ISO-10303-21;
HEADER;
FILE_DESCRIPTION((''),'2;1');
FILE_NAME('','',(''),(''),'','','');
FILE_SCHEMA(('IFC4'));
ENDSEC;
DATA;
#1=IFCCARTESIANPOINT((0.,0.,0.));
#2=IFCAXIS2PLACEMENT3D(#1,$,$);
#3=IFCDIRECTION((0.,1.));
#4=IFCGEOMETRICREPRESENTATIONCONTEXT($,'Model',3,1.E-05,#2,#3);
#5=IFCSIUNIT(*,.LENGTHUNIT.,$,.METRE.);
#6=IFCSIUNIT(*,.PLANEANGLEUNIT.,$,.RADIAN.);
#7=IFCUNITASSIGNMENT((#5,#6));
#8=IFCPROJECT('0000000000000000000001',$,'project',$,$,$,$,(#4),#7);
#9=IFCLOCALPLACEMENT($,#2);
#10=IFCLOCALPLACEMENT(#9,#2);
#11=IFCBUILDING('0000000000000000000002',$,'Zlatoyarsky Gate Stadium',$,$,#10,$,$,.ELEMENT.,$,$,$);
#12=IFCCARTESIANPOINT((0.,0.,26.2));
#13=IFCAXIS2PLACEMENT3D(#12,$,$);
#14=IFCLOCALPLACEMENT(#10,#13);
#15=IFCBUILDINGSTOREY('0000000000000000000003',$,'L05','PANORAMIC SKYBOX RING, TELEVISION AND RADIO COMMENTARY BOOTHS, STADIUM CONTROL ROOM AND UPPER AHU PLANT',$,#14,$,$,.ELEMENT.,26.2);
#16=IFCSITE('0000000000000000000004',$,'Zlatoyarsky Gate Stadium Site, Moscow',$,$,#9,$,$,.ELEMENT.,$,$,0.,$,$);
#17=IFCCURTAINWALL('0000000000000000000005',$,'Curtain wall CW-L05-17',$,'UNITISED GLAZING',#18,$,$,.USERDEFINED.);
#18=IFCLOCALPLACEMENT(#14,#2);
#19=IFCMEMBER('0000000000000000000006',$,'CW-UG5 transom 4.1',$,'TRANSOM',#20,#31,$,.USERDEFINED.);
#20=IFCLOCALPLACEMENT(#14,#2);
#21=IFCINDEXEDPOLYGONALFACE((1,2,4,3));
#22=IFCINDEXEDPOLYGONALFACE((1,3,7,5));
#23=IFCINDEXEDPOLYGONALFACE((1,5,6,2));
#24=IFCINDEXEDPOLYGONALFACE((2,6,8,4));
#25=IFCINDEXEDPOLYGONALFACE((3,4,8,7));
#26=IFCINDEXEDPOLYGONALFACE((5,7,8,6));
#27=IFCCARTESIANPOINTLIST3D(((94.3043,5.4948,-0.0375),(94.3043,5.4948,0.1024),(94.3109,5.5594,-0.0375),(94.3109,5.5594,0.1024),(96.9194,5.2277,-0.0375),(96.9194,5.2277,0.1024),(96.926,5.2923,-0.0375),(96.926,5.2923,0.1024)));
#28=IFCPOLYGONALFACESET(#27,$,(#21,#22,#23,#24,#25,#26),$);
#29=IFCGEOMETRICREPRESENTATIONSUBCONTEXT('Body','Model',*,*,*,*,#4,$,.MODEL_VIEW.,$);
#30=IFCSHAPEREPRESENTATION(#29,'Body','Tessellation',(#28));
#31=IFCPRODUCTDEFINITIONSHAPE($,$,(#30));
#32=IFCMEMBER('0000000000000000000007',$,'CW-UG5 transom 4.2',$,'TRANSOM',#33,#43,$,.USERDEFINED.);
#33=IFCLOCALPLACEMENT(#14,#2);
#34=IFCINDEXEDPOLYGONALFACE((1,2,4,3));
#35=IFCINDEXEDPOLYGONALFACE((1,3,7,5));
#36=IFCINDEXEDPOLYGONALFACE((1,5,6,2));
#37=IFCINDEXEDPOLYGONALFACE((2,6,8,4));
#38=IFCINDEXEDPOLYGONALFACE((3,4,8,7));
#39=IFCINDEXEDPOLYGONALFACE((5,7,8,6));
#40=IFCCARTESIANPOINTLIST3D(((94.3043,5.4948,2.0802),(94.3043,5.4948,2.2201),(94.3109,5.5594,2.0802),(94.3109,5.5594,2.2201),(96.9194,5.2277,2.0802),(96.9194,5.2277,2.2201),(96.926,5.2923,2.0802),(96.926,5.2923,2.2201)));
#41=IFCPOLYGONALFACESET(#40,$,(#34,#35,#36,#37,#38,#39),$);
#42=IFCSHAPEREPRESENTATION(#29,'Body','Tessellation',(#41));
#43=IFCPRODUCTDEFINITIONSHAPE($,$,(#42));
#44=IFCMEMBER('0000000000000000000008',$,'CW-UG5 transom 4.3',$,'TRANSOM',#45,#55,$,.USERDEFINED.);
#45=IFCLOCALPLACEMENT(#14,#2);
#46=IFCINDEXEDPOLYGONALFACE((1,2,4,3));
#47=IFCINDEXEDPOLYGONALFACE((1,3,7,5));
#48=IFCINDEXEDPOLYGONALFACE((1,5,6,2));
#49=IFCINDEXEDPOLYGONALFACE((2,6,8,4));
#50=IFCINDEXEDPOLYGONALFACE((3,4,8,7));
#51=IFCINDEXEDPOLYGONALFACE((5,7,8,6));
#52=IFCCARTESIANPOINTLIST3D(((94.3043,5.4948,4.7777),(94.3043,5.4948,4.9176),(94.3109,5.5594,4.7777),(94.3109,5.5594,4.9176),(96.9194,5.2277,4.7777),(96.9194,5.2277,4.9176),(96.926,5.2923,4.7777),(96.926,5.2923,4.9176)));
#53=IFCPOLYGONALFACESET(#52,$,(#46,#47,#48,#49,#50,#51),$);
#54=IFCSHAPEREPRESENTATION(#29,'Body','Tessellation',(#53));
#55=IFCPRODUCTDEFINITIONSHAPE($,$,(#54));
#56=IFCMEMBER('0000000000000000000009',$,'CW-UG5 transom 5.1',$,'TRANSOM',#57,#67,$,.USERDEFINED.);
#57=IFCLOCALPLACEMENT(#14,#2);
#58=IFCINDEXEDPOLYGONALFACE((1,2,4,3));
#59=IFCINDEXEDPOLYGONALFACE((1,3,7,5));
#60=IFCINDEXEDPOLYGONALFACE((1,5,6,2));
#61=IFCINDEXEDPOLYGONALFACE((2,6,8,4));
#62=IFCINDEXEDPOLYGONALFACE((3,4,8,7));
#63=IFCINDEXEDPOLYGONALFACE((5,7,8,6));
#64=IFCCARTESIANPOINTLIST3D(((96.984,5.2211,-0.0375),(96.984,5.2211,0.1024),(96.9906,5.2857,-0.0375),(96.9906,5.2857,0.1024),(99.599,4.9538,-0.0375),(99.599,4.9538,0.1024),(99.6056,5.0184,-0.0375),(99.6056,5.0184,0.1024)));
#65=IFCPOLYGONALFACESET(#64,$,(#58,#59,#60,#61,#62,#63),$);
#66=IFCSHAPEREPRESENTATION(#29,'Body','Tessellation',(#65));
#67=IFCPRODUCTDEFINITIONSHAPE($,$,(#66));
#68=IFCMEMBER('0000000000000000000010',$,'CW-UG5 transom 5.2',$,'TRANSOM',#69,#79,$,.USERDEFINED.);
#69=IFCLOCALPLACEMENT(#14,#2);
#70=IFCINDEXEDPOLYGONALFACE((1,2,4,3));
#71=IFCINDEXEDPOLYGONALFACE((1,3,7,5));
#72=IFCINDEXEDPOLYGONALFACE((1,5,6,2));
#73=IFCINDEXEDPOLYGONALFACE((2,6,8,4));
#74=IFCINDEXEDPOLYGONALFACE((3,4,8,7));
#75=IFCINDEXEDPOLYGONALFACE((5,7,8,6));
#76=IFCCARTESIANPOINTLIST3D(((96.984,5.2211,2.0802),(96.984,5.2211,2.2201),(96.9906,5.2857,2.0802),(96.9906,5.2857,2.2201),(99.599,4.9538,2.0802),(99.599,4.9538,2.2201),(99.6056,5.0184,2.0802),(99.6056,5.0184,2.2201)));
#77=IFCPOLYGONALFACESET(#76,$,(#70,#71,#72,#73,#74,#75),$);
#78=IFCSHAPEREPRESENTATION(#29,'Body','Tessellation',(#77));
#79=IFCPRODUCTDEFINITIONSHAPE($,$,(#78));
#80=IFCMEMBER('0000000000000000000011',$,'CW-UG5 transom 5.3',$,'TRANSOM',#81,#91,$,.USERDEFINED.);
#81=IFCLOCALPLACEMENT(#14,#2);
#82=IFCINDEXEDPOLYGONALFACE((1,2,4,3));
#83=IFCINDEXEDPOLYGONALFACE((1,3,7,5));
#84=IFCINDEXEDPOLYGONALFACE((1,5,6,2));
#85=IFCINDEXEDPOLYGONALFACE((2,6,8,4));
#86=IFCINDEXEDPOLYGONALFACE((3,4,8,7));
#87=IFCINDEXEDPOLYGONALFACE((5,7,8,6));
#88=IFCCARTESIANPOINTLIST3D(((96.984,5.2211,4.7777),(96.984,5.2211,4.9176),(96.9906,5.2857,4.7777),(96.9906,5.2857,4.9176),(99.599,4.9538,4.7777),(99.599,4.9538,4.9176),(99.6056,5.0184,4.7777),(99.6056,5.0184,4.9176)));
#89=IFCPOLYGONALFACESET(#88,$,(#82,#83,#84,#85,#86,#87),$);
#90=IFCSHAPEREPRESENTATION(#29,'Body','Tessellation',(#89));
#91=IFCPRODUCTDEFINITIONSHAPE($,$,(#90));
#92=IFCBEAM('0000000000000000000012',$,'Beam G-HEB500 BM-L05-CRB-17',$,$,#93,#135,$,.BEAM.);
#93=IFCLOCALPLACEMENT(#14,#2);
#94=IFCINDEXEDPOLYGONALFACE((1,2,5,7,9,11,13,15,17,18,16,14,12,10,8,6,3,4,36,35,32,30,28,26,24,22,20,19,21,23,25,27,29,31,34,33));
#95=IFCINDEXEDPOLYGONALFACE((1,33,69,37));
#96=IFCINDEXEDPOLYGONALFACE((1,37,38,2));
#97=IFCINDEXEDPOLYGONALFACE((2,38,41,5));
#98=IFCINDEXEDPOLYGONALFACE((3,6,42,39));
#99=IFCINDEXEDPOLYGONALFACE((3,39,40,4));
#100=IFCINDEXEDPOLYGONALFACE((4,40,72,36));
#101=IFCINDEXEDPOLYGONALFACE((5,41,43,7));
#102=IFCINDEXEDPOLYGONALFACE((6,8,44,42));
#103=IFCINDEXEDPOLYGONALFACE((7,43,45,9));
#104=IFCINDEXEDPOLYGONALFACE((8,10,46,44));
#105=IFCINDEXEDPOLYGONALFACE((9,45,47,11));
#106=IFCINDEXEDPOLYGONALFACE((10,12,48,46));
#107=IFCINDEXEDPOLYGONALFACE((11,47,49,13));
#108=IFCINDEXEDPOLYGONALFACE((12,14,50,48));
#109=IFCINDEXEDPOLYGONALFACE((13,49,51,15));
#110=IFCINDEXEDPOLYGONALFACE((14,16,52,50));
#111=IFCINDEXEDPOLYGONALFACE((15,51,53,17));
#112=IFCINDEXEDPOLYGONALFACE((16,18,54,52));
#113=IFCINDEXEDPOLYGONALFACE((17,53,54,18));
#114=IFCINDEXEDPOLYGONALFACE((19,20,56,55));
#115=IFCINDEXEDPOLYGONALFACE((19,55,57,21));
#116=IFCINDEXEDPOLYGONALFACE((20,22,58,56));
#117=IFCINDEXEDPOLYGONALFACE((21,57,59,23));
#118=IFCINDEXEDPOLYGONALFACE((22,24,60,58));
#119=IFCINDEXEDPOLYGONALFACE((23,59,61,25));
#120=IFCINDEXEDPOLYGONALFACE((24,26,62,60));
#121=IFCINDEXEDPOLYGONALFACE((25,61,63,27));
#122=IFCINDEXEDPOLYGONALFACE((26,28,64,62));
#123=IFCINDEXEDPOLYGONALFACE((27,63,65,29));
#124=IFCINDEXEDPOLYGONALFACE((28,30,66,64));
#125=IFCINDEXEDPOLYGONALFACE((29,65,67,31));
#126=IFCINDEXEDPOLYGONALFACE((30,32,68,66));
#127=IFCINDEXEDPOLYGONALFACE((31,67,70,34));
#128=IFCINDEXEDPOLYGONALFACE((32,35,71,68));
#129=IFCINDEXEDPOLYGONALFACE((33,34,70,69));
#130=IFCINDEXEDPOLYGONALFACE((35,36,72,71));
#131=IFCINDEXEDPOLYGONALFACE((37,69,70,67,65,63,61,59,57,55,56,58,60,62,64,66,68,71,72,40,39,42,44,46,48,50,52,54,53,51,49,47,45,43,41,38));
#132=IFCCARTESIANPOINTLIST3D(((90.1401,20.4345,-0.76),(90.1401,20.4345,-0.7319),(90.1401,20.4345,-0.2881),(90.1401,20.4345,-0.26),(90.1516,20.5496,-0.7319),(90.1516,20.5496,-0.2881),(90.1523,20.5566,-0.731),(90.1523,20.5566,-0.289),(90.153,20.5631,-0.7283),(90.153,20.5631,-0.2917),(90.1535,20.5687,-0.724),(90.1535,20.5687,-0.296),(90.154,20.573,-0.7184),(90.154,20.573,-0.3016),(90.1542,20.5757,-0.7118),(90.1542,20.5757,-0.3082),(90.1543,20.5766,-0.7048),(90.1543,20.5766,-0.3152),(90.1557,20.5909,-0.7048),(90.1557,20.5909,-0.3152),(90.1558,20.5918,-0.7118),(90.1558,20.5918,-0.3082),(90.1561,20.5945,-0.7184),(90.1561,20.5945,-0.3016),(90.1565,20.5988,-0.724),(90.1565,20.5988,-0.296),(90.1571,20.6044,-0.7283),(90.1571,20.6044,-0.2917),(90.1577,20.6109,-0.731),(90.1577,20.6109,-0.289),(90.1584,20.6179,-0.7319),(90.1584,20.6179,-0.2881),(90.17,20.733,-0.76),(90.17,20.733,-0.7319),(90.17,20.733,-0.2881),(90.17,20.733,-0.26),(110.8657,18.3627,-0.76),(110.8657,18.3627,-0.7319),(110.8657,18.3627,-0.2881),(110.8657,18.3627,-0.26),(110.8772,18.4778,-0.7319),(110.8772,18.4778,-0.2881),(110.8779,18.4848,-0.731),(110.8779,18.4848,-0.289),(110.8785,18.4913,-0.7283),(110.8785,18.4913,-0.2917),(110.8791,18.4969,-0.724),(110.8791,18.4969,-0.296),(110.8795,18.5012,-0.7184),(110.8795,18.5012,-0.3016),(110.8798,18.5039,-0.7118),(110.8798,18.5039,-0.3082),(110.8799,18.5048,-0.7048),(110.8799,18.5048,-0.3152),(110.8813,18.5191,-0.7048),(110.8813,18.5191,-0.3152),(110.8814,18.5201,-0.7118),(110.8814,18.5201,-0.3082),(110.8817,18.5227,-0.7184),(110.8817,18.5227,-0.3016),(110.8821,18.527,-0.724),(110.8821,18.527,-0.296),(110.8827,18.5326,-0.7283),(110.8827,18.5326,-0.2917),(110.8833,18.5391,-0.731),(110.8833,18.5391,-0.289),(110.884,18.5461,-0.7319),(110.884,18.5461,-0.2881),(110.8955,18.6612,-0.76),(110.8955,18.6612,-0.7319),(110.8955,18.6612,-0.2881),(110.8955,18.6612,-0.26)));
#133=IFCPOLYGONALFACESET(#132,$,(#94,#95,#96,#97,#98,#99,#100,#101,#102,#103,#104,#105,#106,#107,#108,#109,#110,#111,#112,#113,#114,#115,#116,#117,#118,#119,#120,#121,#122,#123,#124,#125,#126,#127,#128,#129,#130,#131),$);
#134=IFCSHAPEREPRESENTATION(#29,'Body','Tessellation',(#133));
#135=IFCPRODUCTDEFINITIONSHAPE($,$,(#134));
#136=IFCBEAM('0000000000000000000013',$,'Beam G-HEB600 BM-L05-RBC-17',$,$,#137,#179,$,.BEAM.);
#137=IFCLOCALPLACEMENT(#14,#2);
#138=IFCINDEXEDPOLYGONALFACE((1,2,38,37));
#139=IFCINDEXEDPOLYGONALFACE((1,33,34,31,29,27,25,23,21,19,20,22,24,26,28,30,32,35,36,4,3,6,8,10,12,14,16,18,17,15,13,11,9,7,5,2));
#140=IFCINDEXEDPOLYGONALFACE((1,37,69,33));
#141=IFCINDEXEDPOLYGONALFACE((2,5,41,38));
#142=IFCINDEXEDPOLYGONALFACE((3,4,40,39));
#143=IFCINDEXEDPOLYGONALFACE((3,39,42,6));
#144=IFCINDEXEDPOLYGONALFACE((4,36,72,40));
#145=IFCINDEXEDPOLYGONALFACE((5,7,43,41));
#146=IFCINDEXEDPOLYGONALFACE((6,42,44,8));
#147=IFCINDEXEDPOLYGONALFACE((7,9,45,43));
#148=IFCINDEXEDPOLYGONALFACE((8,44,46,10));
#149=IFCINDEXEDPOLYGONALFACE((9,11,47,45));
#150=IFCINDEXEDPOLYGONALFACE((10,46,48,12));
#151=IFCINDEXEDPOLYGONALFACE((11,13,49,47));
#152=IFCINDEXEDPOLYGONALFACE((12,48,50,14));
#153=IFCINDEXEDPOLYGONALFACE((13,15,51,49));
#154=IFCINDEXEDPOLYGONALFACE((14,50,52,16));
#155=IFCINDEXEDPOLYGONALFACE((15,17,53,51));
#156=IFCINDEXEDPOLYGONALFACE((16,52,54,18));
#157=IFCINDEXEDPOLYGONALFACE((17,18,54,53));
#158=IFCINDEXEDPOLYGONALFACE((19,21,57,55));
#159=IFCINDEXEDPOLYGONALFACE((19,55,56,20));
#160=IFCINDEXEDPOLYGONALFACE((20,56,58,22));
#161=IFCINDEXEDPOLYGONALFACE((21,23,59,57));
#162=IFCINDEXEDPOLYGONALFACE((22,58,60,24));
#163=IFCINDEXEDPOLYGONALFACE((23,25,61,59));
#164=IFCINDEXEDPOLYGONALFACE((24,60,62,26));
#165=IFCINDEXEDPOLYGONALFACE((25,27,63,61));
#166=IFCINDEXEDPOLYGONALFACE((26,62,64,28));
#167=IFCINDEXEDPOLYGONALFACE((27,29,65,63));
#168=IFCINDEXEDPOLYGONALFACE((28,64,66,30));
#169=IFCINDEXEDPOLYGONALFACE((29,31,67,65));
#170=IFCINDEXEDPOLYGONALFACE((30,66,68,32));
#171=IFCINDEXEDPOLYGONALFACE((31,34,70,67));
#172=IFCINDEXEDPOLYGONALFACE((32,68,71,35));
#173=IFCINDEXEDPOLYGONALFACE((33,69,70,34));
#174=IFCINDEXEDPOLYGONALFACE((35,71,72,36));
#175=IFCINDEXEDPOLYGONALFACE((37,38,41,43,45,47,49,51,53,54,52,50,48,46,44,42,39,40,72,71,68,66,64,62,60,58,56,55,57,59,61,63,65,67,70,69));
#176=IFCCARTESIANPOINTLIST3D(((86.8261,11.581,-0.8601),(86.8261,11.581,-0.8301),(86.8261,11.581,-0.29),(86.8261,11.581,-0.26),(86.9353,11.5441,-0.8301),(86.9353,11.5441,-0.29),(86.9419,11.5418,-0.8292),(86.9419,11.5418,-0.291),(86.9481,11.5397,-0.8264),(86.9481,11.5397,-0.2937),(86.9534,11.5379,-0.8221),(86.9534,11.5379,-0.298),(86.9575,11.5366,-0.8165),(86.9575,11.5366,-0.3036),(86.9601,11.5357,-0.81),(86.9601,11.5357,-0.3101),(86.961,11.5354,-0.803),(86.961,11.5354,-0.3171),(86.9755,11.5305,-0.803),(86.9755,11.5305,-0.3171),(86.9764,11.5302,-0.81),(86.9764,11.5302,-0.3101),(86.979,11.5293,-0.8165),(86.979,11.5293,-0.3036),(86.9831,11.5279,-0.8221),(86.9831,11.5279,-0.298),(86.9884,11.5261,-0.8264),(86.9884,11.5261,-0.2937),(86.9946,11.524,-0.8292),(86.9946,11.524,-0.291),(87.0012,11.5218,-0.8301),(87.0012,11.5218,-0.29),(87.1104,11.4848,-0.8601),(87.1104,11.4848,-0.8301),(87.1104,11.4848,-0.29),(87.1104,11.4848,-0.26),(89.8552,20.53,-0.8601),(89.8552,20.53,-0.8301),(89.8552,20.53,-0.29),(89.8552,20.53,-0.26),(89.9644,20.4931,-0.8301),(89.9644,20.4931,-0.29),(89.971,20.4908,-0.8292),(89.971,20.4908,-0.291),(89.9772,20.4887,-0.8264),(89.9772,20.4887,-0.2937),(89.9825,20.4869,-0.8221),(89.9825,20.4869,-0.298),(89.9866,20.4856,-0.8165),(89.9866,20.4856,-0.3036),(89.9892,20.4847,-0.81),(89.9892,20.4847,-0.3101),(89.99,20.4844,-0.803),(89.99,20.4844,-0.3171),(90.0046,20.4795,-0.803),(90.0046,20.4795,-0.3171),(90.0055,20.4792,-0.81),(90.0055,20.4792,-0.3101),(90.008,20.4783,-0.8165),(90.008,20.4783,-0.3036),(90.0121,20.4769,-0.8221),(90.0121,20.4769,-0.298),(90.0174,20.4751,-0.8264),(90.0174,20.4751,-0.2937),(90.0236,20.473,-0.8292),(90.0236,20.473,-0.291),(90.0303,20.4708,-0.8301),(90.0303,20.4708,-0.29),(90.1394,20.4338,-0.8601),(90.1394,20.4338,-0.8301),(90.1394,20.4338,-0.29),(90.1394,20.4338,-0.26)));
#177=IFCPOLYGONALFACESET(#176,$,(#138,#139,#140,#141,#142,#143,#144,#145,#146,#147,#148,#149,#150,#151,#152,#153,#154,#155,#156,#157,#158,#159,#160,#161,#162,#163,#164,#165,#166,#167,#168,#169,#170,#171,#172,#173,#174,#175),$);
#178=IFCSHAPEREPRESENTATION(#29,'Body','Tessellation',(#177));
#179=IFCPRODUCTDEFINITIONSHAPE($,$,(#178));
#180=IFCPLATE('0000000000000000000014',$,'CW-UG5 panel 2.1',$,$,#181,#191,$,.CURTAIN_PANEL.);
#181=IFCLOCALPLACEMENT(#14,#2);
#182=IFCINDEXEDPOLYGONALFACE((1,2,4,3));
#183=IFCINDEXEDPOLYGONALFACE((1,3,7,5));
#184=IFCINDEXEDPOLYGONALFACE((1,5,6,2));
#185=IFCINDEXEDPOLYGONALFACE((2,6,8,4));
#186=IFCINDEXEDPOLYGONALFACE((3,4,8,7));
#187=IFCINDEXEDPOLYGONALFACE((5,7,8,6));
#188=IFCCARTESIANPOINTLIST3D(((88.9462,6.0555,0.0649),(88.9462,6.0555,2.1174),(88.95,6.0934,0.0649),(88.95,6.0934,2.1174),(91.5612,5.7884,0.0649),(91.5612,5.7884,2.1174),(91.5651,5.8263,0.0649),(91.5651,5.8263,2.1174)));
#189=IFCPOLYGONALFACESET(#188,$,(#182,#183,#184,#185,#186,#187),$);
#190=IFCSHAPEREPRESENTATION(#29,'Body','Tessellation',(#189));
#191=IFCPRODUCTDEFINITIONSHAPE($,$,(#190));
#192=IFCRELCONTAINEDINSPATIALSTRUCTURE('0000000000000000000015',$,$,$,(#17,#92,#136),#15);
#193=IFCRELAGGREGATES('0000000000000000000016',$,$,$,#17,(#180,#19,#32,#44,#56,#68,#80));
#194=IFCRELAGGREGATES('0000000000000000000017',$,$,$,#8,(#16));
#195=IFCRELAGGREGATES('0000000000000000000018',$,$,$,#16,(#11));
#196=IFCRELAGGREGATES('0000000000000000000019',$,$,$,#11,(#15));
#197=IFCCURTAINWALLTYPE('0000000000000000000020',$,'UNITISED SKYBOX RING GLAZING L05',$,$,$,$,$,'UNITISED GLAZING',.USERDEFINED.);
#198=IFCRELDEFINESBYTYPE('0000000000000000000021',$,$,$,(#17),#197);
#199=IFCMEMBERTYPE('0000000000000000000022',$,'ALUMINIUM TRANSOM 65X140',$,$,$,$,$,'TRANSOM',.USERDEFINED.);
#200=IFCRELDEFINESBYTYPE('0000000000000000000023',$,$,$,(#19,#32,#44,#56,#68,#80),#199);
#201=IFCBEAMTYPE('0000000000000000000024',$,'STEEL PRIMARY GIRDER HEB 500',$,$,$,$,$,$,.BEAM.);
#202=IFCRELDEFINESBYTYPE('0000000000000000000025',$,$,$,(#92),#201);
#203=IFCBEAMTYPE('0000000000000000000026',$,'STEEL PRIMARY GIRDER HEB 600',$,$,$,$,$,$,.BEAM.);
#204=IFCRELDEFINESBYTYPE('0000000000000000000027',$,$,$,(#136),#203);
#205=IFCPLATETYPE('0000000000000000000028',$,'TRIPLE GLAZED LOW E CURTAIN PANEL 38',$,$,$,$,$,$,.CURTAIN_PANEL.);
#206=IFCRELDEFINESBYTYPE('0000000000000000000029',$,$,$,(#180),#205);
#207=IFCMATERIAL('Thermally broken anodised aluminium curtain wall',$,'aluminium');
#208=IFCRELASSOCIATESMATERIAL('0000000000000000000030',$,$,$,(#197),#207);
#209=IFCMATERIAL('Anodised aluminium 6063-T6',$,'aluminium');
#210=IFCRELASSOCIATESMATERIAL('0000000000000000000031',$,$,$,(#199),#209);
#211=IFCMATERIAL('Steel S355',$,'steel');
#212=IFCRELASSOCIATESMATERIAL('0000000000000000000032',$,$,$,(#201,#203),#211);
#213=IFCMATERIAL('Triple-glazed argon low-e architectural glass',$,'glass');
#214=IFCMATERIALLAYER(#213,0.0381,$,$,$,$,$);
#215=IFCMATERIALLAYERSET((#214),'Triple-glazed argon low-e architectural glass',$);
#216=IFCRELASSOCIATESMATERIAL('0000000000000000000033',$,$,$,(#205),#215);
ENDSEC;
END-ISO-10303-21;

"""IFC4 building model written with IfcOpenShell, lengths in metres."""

from ifc_helpers import new_model, si_unit, direction, frame, origin, origin_2d, place, context, subcontext, project, spatial, rectangle, i_section, extrude, material, layer, layer_set, material_profile, profile_set, type_object, element, aggregate, save


model = new_model("IFC4")

# Units and contexts
model_context = context("Model", 3, precision=1e-05, world=origin(), true_north=direction((0.0, 1.0)))
body_context = subcontext(model_context, "Body", "Model", "MODEL_VIEW")
ifc_project = project(units=[si_unit("LENGTHUNIT", "METRE"), si_unit("PLANEANGLEUNIT", "RADIAN")], contexts=[model_context])

# Site, building, storey
site_placement = place(None, origin())
site = spatial("IfcSite", under=ifc_project, at=site_placement, Name="Zlatoyarsky Gate Stadium Site, Moscow", CompositionType="ELEMENT", RefElevation=0.0)
building_placement = place(site_placement, origin())
building = spatial("IfcBuilding", under=site, at=building_placement, Name="Zlatoyarsky Gate Stadium", CompositionType="ELEMENT")
storey_placement = place(building_placement, frame((0.0, 0.0, 26.2)))
storey = spatial("IfcBuildingStorey", under=building, at=storey_placement, Name="L05", Description="PANORAMIC SKYBOX RING, TELEVISION AND RADIO COMMENTARY BOOTHS, STADIUM CONTROL ROOM AND UPPER AHU PLANT", CompositionType="ELEMENT", Elevation=26.2)

# Shared definitions
ifc_material_1 = material(Name="Steel S355", Category="steel")

# Curtain wall, members
ifc_material_2 = material(Name="Thermally broken anodised aluminium curtain wall", Category="aluminium")
curtain_wall_type = type_object("IfcCurtainWallType", Name="UNITISED SKYBOX RING GLAZING L05", ElementType="UNITISED GLAZING", PredefinedType="USERDEFINED", material=ifc_material_2)
curtain_wall_placement = place(storey_placement, origin())
curtain_wall = element("IfcCurtainWall", 1, at=curtain_wall_placement, inside=storey, type_object=curtain_wall_type, Name="Curtain wall CW-L05-17", ObjectType="UNITISED GLAZING", PredefinedType="USERDEFINED")
ifc_material_3 = material(Name="Anodised aluminium 6063-T6", Category="aluminium")
ifc_material_profile_1 = material_profile(ifc_material_3, rectangle(XDim=0.0649, YDim=0.1399, at=origin_2d()), Name="ALU 65X140")
ifc_profile_set_1 = profile_set([ifc_material_profile_1], Name="Anodised aluminium 6063-T6")
member_type_1 = type_object("IfcMemberType", Name="ALUMINIUM TRANSOM 65X140", ElementType="TRANSOM", PredefinedType="USERDEFINED", material=ifc_profile_set_1)
member_1_placement = place(storey_placement, frame((94.3076, 5.5271, 0.0325), z_axis=(0.994824, -0.101609, 0.0), x_axis=(0.101609, 0.994824, 0.0)))
member_1 = element("IfcMember", 2, at=member_1_placement, type_object=member_type_1, Name="CW-UG5 transom 4.1", ObjectType="TRANSOM", PredefinedType="USERDEFINED", context=body_context, shape_type="SweptSolid", body=[
    extrude(rectangle(XDim=0.0649, YDim=0.1399, at=origin_2d()), origin(), (0.0, 0.0, 1.0), 2.6287),
])
member_2_placement = place(storey_placement, frame((94.3076, 5.5271, 2.1501), z_axis=(0.994824, -0.101609, 0.0), x_axis=(0.101609, 0.994824, 0.0)))
member_2 = element("IfcMember", 3, at=member_2_placement, type_object=member_type_1, Name="CW-UG5 transom 4.2", ObjectType="TRANSOM", PredefinedType="USERDEFINED", context=body_context, shape_type="SweptSolid", body=[
    extrude(rectangle(XDim=0.0649, YDim=0.1399, at=origin_2d()), origin(), (0.0, 0.0, 1.0), 2.6287),
])
member_3_placement = place(storey_placement, frame((94.3076, 5.5271, 4.8477), z_axis=(0.994824, -0.101609, 0.0), x_axis=(0.101609, 0.994824, 0.0)))
member_3 = element("IfcMember", 4, at=member_3_placement, type_object=member_type_1, Name="CW-UG5 transom 4.3", ObjectType="TRANSOM", PredefinedType="USERDEFINED", context=body_context, shape_type="SweptSolid", body=[
    extrude(rectangle(XDim=0.0649, YDim=0.1399, at=origin_2d()), origin(), (0.0, 0.0, 1.0), 2.6287),
])
member_4_placement = place(storey_placement, frame((96.9873, 5.2534, 0.0325), z_axis=(0.994815, -0.101701, 0.0), x_axis=(0.101701, 0.994815, 0.0)))
member_4 = element("IfcMember", 5, at=member_4_placement, type_object=member_type_1, Name="CW-UG5 transom 5.1", ObjectType="TRANSOM", PredefinedType="USERDEFINED", context=body_context, shape_type="SweptSolid", body=[
    extrude(rectangle(XDim=0.0649, YDim=0.1399, at=origin_2d()), origin(), (0.0, 0.0, 1.0), 2.6287),
])
member_5_placement = place(storey_placement, frame((96.9873, 5.2534, 2.1501), z_axis=(0.994815, -0.101701, 0.0), x_axis=(0.101701, 0.994815, 0.0)))
member_5 = element("IfcMember", 6, at=member_5_placement, type_object=member_type_1, Name="CW-UG5 transom 5.2", ObjectType="TRANSOM", PredefinedType="USERDEFINED", context=body_context, shape_type="SweptSolid", body=[
    extrude(rectangle(XDim=0.0649, YDim=0.1399, at=origin_2d()), origin(), (0.0, 0.0, 1.0), 2.6287),
])
member_6_placement = place(storey_placement, frame((96.9873, 5.2534, 4.8477), z_axis=(0.994815, -0.101701, 0.0), x_axis=(0.101701, 0.994815, 0.0)))
member_6 = element("IfcMember", 7, at=member_6_placement, type_object=member_type_1, Name="CW-UG5 transom 5.3", ObjectType="TRANSOM", PredefinedType="USERDEFINED", context=body_context, shape_type="SweptSolid", body=[
    extrude(rectangle(XDim=0.0649, YDim=0.1399, at=origin_2d()), origin(), (0.0, 0.0, 1.0), 2.6287),
])

# Beams
ifc_material_profile_2 = material_profile(ifc_material_1, i_section(OverallWidth=0.3, OverallDepth=0.5, WebThickness=0.0144, FlangeThickness=0.0281, FilletRadius=0.0271, at=origin_2d()), Name="HEB 500")
ifc_profile_set_2 = profile_set([ifc_material_profile_2], Name="Steel S355")
beam_type_1 = type_object("IfcBeamType", Name="STEEL PRIMARY GIRDER HEB 500", PredefinedType="BEAM", material=ifc_profile_set_2)
beam_1_placement = place(storey_placement, frame((90.155, 20.5837, -0.51), z_axis=(0.995041, -0.099467, 0.0), x_axis=(0.099467, 0.995041, 0.0)))
element("IfcBeam", 8, at=beam_1_placement, inside=storey, type_object=beam_type_1, Name="Beam G-HEB500 BM-L05-CRB-17", PredefinedType="BEAM", context=body_context, shape_type="SweptSolid", body=[
    extrude(i_section(OverallWidth=0.3, OverallDepth=0.5, WebThickness=0.0144, FlangeThickness=0.0281, FilletRadius=0.0271, at=origin_2d()), origin(), (0.0, 0.0, 1.0), 20.8289),
])
ifc_material_profile_3 = material_profile(ifc_material_1, i_section(OverallWidth=0.3, OverallDepth=0.6001, WebThickness=0.0154, FlangeThickness=0.03, FilletRadius=0.0271, at=origin_2d()), Name="HEB 600")
ifc_profile_set_3 = profile_set([ifc_material_profile_3], Name="Steel S355")
beam_type_2 = type_object("IfcBeamType", Name="STEEL PRIMARY GIRDER HEB 600", PredefinedType="BEAM", material=ifc_profile_set_3)
beam_2_placement = place(storey_placement, frame((89.9973, 20.4819, -0.5601), z_axis=(-0.320612, -0.947211, 0.0), x_axis=(0.947211, -0.320612, 0.0)))
element("IfcBeam", 9, at=beam_2_placement, inside=storey, type_object=beam_type_2, Name="Beam G-HEB600 BM-L05-RBC-17", PredefinedType="BEAM", context=body_context, shape_type="SweptSolid", body=[
    extrude(i_section(OverallWidth=0.3, OverallDepth=0.6001, WebThickness=0.0154, FlangeThickness=0.03, FilletRadius=0.0271, at=origin_2d()), origin(), (0.0, 0.0, 1.0), 9.4478),
])

# Plate
ifc_material_4 = material(Name="Triple-glazed argon low-e architectural glass", Category="glass")
ifc_layer_1 = layer(ifc_material_4, 0.0381)
ifc_layer_set_1 = layer_set([ifc_layer_1], Name="Triple-glazed argon low-e architectural glass")
plate_type = type_object("IfcPlateType", Name="TRIPLE GLAZED LOW E CURTAIN PANEL 38", PredefinedType="CURTAIN_PANEL", material=ifc_layer_set_1)
plate_1_placement = place(storey_placement, frame((90.2556, 5.9409, 0.0649), z_axis=(0.0, 0.0, 1.0), x_axis=(0.994823, -0.101618, 0.0)))
plate_1 = element("IfcPlate", 10, at=plate_1_placement, type_object=plate_type, Name="CW-UG5 panel 2.1", PredefinedType="CURTAIN_PANEL", context=body_context, shape_type="SweptSolid", body=[
    extrude(rectangle(XDim=2.6287, YDim=0.0381, at=origin_2d()), origin(), (0.0, 0.0, 1.0), 2.0525),
])
aggregate(curtain_wall, [plate_1, member_1, member_2, member_3, member_4, member_5, member_6])

save(model, "model.ifc")
